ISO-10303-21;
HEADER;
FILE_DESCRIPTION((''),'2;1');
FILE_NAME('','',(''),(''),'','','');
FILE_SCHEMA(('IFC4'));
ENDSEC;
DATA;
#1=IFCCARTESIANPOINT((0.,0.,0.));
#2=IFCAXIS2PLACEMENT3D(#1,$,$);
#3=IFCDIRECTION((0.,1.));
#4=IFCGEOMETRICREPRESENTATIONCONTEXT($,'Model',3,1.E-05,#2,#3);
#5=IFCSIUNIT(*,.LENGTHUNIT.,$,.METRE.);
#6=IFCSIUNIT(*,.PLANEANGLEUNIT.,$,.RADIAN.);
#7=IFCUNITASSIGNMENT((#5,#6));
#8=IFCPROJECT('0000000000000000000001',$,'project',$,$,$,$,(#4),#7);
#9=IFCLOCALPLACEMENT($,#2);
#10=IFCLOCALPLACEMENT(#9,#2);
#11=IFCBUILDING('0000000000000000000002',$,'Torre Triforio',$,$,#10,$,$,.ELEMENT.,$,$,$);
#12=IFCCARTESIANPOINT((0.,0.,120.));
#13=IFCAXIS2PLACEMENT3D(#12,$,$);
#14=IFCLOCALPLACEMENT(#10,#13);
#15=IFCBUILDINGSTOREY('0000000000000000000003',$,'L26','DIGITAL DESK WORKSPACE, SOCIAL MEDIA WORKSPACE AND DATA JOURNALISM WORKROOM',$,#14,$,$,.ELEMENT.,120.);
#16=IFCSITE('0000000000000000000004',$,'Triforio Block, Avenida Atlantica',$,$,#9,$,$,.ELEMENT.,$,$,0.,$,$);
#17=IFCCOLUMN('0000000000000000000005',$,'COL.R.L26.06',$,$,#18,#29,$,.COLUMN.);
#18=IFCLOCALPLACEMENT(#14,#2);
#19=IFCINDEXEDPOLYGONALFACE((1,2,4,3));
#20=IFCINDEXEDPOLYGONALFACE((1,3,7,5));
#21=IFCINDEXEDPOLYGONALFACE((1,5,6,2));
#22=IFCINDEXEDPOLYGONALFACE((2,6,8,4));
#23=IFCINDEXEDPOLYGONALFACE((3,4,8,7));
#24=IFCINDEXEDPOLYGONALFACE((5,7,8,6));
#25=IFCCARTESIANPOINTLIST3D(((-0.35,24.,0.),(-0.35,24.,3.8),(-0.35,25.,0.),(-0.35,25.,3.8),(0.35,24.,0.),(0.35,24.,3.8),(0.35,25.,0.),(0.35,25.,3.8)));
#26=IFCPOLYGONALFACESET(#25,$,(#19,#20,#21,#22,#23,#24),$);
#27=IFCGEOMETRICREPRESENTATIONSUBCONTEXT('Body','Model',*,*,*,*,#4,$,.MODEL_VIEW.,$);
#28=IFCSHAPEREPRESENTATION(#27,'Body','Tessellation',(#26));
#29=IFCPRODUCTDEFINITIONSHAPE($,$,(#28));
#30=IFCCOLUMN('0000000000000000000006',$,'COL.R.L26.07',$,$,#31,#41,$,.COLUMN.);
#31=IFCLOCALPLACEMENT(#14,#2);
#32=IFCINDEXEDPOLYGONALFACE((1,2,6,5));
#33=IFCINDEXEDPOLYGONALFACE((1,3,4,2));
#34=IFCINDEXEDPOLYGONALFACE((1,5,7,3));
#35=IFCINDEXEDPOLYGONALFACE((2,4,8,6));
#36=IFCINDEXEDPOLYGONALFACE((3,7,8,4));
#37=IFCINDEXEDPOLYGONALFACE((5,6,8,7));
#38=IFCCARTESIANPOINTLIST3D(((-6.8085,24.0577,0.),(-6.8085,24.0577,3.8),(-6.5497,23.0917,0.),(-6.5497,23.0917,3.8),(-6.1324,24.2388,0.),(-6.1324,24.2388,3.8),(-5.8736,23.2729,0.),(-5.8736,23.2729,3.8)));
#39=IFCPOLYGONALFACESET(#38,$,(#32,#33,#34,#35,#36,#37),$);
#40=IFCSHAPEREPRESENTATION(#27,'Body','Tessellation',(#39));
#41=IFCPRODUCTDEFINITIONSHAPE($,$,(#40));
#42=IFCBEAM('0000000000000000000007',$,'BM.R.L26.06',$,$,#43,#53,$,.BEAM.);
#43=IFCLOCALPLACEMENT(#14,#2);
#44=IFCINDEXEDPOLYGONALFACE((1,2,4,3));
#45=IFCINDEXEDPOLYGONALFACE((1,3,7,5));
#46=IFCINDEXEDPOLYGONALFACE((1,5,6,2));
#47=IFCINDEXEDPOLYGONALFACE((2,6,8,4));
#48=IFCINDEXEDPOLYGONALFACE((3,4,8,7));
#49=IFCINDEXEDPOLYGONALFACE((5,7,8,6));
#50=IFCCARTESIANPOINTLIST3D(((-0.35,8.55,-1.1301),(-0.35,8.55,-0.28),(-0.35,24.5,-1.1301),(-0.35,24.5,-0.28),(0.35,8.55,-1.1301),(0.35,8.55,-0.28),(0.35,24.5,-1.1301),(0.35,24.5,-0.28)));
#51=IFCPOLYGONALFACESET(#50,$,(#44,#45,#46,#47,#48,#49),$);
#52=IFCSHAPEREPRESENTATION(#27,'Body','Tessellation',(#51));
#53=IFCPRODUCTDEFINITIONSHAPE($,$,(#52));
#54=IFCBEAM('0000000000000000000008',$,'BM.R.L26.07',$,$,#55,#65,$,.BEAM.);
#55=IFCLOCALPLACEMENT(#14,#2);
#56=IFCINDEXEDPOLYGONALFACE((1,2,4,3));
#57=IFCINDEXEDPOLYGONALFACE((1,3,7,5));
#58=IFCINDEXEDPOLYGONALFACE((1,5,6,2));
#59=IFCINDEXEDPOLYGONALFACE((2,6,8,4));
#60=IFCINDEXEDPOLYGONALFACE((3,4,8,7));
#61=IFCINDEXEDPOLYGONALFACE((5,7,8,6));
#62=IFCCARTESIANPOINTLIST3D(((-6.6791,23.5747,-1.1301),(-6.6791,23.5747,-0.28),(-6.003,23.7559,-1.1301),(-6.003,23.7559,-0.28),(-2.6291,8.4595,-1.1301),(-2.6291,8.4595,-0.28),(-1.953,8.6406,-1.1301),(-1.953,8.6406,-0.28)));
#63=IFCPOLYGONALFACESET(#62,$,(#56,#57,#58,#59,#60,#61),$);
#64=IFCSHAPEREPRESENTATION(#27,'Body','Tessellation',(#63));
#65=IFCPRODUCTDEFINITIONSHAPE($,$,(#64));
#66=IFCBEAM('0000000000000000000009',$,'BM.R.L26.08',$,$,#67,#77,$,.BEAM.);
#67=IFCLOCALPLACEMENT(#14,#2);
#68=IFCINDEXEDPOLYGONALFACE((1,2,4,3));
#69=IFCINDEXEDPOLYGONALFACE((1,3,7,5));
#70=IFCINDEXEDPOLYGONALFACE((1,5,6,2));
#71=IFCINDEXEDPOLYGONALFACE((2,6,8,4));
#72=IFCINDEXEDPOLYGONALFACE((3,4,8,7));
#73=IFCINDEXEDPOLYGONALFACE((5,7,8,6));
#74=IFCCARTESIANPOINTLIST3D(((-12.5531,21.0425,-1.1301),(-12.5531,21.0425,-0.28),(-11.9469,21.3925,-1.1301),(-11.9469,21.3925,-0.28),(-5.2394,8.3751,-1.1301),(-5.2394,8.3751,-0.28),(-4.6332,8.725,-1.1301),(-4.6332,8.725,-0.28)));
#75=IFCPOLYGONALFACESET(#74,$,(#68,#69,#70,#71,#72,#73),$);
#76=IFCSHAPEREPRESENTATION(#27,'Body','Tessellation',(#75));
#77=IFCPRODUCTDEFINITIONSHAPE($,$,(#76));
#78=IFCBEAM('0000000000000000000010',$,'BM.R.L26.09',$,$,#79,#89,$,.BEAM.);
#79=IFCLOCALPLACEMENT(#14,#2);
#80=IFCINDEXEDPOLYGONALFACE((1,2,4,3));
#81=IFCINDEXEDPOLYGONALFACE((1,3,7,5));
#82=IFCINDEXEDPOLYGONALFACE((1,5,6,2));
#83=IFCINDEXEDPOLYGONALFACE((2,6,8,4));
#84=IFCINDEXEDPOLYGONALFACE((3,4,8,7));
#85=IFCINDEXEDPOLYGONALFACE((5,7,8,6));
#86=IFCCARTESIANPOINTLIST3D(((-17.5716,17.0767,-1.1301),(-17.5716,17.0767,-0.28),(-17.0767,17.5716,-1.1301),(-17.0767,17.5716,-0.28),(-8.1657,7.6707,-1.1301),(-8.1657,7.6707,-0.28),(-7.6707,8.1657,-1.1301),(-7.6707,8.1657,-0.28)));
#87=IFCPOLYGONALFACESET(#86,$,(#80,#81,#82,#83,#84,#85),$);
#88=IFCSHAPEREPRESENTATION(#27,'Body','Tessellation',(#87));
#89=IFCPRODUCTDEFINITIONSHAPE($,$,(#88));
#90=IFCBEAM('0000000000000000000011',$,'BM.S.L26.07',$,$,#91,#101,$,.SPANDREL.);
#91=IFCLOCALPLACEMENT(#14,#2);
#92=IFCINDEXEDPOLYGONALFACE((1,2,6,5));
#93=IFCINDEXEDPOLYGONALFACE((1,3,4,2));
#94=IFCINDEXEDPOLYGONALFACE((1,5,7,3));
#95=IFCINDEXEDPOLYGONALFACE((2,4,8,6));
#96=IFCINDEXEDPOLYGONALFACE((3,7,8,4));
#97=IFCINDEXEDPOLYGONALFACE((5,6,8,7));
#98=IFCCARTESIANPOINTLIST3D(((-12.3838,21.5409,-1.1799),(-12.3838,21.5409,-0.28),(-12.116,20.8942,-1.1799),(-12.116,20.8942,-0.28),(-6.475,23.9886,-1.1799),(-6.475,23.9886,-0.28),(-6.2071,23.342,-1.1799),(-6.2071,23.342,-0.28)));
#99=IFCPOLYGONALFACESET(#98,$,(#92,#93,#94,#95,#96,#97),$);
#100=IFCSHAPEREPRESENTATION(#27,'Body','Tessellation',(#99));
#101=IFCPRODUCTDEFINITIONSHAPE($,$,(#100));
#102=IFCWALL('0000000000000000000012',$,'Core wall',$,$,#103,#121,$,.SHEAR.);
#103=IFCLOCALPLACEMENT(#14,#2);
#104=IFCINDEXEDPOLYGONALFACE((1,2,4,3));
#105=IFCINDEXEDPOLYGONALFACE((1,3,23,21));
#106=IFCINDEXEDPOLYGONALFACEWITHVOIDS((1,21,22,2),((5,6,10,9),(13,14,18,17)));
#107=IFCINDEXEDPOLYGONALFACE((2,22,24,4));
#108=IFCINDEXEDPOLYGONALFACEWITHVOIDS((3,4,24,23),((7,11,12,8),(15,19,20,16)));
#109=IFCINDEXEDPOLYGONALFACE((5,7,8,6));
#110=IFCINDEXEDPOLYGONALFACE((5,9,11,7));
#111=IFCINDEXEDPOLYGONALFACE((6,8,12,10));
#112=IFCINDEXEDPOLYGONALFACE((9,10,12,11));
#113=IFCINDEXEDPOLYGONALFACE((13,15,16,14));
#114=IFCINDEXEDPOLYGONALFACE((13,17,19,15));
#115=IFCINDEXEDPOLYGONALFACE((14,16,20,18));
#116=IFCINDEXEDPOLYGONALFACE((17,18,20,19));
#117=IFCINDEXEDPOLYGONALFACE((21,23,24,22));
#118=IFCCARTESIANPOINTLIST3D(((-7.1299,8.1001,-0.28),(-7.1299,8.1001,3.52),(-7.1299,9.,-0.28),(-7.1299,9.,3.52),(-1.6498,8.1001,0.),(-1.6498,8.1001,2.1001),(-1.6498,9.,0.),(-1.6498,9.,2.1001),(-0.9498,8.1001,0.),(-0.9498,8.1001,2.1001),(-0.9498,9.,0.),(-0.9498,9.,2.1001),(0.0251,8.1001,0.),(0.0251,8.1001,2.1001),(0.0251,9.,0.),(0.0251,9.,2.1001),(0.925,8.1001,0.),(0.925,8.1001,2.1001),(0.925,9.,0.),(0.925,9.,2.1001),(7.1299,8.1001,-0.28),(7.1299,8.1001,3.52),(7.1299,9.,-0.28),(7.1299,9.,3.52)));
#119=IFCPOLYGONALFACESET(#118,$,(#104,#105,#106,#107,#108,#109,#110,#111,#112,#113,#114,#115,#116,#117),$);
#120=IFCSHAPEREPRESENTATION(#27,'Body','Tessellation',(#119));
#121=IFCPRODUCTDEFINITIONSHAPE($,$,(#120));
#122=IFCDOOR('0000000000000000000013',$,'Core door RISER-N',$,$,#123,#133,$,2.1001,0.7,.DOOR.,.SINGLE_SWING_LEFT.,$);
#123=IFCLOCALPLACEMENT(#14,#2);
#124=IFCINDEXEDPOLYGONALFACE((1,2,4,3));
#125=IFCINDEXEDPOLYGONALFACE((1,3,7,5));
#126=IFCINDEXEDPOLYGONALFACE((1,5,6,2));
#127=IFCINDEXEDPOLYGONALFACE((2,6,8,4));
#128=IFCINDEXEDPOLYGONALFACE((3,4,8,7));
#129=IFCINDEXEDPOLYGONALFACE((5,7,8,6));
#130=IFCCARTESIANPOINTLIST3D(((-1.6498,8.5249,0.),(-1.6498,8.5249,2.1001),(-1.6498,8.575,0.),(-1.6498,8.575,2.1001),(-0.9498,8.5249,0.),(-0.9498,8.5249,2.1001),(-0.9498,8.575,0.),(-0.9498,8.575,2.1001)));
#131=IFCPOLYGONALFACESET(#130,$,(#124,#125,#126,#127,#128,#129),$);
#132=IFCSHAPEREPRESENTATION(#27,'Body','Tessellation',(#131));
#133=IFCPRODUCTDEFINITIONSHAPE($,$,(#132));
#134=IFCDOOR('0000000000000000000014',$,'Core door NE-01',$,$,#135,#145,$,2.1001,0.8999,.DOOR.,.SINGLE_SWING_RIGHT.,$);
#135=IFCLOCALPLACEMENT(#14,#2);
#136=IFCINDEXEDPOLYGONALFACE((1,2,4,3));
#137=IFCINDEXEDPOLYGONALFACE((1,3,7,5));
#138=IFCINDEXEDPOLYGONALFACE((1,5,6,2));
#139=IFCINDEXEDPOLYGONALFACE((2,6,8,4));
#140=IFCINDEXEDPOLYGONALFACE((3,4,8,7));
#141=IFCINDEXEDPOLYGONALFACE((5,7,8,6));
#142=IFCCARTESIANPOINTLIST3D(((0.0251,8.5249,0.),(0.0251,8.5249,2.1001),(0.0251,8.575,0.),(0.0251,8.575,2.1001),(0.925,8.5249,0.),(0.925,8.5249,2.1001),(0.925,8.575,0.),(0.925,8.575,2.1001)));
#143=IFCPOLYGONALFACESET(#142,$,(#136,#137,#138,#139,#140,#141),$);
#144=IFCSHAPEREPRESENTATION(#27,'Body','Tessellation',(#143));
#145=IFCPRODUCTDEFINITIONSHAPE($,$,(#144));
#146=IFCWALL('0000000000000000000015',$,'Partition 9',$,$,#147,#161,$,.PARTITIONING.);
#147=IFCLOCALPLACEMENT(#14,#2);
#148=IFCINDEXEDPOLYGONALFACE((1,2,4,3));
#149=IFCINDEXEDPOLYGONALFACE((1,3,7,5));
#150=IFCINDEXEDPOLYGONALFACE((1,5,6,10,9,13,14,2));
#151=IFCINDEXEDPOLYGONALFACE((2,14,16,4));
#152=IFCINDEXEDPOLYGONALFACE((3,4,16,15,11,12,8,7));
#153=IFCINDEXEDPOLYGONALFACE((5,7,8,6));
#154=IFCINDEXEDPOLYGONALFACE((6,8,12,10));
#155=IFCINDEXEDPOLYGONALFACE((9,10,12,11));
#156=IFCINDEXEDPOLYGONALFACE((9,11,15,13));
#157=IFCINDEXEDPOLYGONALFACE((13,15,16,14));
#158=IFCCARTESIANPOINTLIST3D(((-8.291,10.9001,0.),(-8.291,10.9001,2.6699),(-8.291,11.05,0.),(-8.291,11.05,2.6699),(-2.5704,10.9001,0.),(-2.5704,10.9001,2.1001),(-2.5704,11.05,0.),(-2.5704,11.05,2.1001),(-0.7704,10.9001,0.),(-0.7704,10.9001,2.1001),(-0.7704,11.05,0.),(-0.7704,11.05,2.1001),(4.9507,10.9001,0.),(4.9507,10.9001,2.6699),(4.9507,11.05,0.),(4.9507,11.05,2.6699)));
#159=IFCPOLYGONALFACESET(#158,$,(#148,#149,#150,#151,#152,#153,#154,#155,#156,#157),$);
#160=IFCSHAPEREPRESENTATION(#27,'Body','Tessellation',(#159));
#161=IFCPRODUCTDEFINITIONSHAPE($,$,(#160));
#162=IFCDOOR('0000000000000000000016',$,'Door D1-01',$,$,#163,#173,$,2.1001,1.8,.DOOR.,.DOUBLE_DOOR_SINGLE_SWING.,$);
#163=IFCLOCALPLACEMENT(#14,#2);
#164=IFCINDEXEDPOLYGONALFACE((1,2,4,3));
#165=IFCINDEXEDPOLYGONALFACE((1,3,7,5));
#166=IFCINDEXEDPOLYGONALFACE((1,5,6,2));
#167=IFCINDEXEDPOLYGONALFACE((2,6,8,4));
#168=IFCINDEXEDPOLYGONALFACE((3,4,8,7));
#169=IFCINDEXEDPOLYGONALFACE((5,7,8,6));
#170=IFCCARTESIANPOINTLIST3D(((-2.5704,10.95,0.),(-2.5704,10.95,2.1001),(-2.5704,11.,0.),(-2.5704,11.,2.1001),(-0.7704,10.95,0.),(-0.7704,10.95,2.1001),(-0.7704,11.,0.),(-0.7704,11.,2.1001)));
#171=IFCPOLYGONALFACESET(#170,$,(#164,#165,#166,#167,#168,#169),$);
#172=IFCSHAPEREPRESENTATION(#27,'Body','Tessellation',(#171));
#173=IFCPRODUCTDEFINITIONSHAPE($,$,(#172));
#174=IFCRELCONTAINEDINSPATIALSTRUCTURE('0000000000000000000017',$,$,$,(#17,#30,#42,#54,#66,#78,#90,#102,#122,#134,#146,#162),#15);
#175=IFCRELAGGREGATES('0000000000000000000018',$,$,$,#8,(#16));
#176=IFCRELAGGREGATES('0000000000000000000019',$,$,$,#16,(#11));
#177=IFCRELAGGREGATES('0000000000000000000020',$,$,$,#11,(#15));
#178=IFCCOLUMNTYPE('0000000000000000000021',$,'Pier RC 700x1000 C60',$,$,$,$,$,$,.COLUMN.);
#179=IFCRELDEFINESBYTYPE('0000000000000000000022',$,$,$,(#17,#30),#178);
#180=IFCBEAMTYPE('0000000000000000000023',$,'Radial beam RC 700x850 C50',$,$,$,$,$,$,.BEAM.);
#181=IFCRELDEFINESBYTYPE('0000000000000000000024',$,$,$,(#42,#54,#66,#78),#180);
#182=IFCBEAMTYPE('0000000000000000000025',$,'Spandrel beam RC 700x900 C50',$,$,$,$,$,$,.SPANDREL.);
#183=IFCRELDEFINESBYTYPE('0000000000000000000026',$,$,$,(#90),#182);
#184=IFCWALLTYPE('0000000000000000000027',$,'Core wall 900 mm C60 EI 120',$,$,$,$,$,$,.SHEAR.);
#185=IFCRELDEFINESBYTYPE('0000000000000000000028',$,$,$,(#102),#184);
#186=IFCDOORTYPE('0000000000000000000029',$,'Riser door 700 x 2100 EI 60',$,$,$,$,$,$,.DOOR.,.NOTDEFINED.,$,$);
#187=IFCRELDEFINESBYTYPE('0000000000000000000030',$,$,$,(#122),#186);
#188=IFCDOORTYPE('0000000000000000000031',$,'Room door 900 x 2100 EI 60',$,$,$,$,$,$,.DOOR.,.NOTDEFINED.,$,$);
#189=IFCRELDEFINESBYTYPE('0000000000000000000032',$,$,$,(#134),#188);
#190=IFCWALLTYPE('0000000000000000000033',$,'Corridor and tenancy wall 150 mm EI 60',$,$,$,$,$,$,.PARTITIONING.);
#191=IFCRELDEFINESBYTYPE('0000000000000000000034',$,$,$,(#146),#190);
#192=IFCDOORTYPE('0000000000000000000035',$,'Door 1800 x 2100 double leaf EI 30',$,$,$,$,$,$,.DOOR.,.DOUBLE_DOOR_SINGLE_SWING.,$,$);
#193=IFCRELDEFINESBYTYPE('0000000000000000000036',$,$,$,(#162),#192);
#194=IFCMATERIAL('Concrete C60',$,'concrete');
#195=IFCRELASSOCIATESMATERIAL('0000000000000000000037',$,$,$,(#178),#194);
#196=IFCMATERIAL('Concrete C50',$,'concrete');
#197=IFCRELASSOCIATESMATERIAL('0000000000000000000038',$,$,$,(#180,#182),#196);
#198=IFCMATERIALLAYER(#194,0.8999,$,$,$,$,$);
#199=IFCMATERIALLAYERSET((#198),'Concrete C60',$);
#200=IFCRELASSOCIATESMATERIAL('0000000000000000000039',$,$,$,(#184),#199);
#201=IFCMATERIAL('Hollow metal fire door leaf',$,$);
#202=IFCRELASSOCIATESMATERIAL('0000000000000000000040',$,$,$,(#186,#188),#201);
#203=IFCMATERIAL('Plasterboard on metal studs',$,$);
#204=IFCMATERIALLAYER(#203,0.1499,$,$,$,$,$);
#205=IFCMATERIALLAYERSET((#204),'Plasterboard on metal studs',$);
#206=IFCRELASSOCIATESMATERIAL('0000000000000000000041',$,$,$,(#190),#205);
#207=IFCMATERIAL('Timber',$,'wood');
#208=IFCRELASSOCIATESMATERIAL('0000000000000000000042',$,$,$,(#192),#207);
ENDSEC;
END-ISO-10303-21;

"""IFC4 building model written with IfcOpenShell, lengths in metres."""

from ifc_helpers import new_model, si_unit, direction, frame, frame_2d, origin, origin_2d, place, context, subcontext, project, spatial, rectangle, extrude, material, layer, layer_set, material_profile, profile_set, type_object, element, fill, save


model = new_model("IFC4")

# Units and contexts
model_context = context("Model", 3, precision=1e-05, world=origin(), true_north=direction((0.0, 1.0)))
body_context = subcontext(model_context, "Body", "Model", "MODEL_VIEW")
ifc_project = project(units=[si_unit("LENGTHUNIT", "METRE"), si_unit("PLANEANGLEUNIT", "RADIAN")], contexts=[model_context])

# Site, building, storey
site_placement = place(None, origin())
site = spatial("IfcSite", under=ifc_project, at=site_placement, Name="Triforio Block, Avenida Atlantica", CompositionType="ELEMENT", RefElevation=0.0)
building_placement = place(site_placement, origin())
building = spatial("IfcBuilding", under=site, at=building_placement, Name="Torre Triforio", CompositionType="ELEMENT")
storey_placement = place(building_placement, frame((0.0, 0.0, 120.0)))
storey = spatial("IfcBuildingStorey", under=building, at=storey_placement, Name="L26", Description="DIGITAL DESK WORKSPACE, SOCIAL MEDIA WORKSPACE AND DATA JOURNALISM WORKROOM", CompositionType="ELEMENT", Elevation=120.0)

# Columns
ifc_material_1 = material(Name="Concrete C60", Category="concrete")
ifc_material_profile_1 = material_profile(ifc_material_1, rectangle(XDim=0.7, YDim=1.0, at=origin_2d()), Name="RC 700x1000")
ifc_profile_set_1 = profile_set([ifc_material_profile_1], Name="Concrete C60")
column_type = type_object("IfcColumnType", Name="Pier RC 700x1000 C60", PredefinedType="COLUMN", material=ifc_profile_set_1)
for number, where, z_axis, x_axis, name in (
    (1, (0.0, 24.5, 0.0), (0.0, 0.0, 1.0), (-1.0, 0.0, 0.0), "COL.R.L26.06"),
    (2, (-6.3411, 23.6653, 0.0), (0.0, 0.0, 1.0), (-0.965926, -0.258819, 0.0), "COL.R.L26.07"),
):
    element("IfcColumn", number, at=place(storey_placement, frame(where, z_axis=z_axis, x_axis=x_axis)), inside=storey, type_object=column_type, Name=name, PredefinedType="COLUMN", context=body_context, shape_type="SweptSolid", body=[
        extrude(rectangle(XDim=0.7, YDim=1.0, at=origin_2d()), origin(), (0.0, 0.0, 1.0), 3.8),
    ])

# Beams
ifc_material_2 = material(Name="Concrete C50", Category="concrete")
ifc_material_profile_2 = material_profile(ifc_material_2, rectangle(XDim=0.7, YDim=0.8501, at=origin_2d()), Name="RC 700x850")
ifc_profile_set_2 = profile_set([ifc_material_profile_2], Name="Concrete C50")
beam_type_1 = type_object("IfcBeamType", Name="Radial beam RC 700x850 C50", PredefinedType="BEAM", material=ifc_profile_set_2)
beam_1_placement = place(storey_placement, frame((0.0, 8.55, -0.7051), z_axis=(0.0, 1.0, 0.0), x_axis=(-1.0, 0.0, 0.0)))
element("IfcBeam", 3, at=beam_1_placement, inside=storey, type_object=beam_type_1, Name="BM.R.L26.06", PredefinedType="BEAM", context=body_context, shape_type="SweptSolid", body=[
    extrude(rectangle(XDim=0.7, YDim=0.8501, at=origin_2d()), origin(), (0.0, 0.0, 1.0), 15.95),
])
beam_2_placement = place(storey_placement, frame((-2.291, 8.55, -0.7051), z_axis=(-0.258815, 0.965927, 0.0), x_axis=(-0.965927, -0.258815, 0.0)))
element("IfcBeam", 4, at=beam_2_placement, inside=storey, type_object=beam_type_1, Name="BM.R.L26.07", PredefinedType="BEAM", context=body_context, shape_type="SweptSolid", body=[
    extrude(rectangle(XDim=0.7, YDim=0.8501, at=origin_2d()), origin(), (0.0, 0.0, 1.0), 15.6484),
])
beam_3_placement = place(storey_placement, frame((-4.9363, 8.55, -0.7051), z_axis=(-0.500008, 0.866021, 0.0), x_axis=(-0.866021, -0.500008, 0.0)))
element("IfcBeam", 5, at=beam_3_placement, inside=storey, type_object=beam_type_1, Name="BM.R.L26.08", PredefinedType="BEAM", context=body_context, shape_type="SweptSolid", body=[
    extrude(rectangle(XDim=0.7, YDim=0.8501, at=origin_2d()), origin(), (0.0, 0.0, 1.0), 14.6272),
])
beam_4_placement = place(storey_placement, frame((-7.9182, 7.9182, -0.7051), z_axis=(-0.707107, 0.707107, 0.0), x_axis=(-0.707107, -0.707107, 0.0)))
element("IfcBeam", 6, at=beam_4_placement, inside=storey, type_object=beam_type_1, Name="BM.R.L26.09", PredefinedType="BEAM", context=body_context, shape_type="SweptSolid", body=[
    extrude(rectangle(XDim=0.7, YDim=0.8501, at=origin_2d()), origin(), (0.0, 0.0, 1.0), 13.302),
])
ifc_material_profile_3 = material_profile(ifc_material_2, rectangle(XDim=0.7, YDim=0.8999, at=origin_2d()), Name="RC 700x900")
ifc_profile_set_3 = profile_set([ifc_material_profile_3], Name="Concrete C50")
beam_type_2 = type_object("IfcBeamType", Name="Spandrel beam RC 700x900 C50", PredefinedType="SPANDREL", material=ifc_profile_set_3)
beam_5_placement = place(storey_placement, frame((-6.3411, 23.6653, -0.73), z_axis=(-0.923869, -0.382709, 0.0), x_axis=(0.382709, -0.923869, 0.0)))
element("IfcBeam", 7, at=beam_5_placement, inside=storey, type_object=beam_type_2, Name="BM.S.L26.07", PredefinedType="SPANDREL", context=body_context, shape_type="SweptSolid", body=[
    extrude(rectangle(XDim=0.7, YDim=0.8999, at=origin_2d()), origin(), (0.0, 0.0, 1.0), 6.3958),
])

# Wall, openings, doors
ifc_layer_1 = layer(ifc_material_1, 0.8999)
ifc_layer_set_1 = layer_set([ifc_layer_1], Name="Concrete C60")
wall_type_1 = type_object("IfcWallType", Name="Core wall 900 mm C60 EI 120", PredefinedType="SHEAR", material=ifc_layer_set_1)
wall_1_placement = place(storey_placement, frame((-7.1299, 8.55, -0.28), z_axis=(0.0, 0.0, 1.0), x_axis=(1.0, 0.0, 0.0)))
wall_1 = element("IfcWall", 8, at=wall_1_placement, inside=storey, type_object=wall_type_1, Name="Core wall", PredefinedType="SHEAR", context=body_context, shape_type="SweptSolid", body=[
    extrude(rectangle(XDim=14.2598, YDim=0.8999, at=frame_2d((7.1299, 0.0))), origin(), (0.0, 0.0, 1.0), 3.8),
])
opening_1_placement = place(wall_1_placement, frame((5.48, 0.0, 0.28)))
opening_1 = element("IfcOpeningElement", 9, at=opening_1_placement, cuts=wall_1, PredefinedType="OPENING", context=body_context, shape_type="SweptSolid", body=[
    extrude(rectangle(XDim=0.7, YDim=2.1001, at=frame_2d((0.3501, 1.05))), frame((0.0, 0.46, 0.0), z_axis=(0.0, -1.0, 0.0), x_axis=(1.0, 0.0, 0.0)), (0.0, 0.0, 1.0), 0.9199),
])
opening_2_placement = place(wall_1_placement, frame((7.155, 0.0, 0.28)))
opening_2 = element("IfcOpeningElement", 10, at=opening_2_placement, cuts=wall_1, PredefinedType="OPENING", context=body_context, shape_type="SweptSolid", body=[
    extrude(rectangle(XDim=0.8999, YDim=2.1001, at=frame_2d((0.45, 1.05))), frame((0.0, 0.46, 0.0), z_axis=(0.0, -1.0, 0.0), x_axis=(1.0, 0.0, 0.0)), (0.0, 0.0, 1.0), 0.9199),
])
ifc_material_3 = material(Name="Hollow metal fire door leaf")
door_type_1 = type_object("IfcDoorType", Name="Riser door 700 x 2100 EI 60", OperationType="NOTDEFINED", PredefinedType="DOOR", material=ifc_material_3)
door_1_placement = place(opening_1_placement, origin())
door_1 = element("IfcDoor", 11, at=door_1_placement, inside=storey, type_object=door_type_1, Name="Core door RISER-N", OperationType="SINGLE_SWING_LEFT", OverallHeight=2.1001, OverallWidth=0.7, PredefinedType="DOOR", context=body_context, shape_type="SweptSolid", body=[
    extrude(rectangle(XDim=0.7, YDim=2.1001, at=frame_2d((0.3501, 1.05))), frame((0.0, 0.0249, 0.0), z_axis=(0.0, -1.0, 0.0), x_axis=(1.0, 0.0, 0.0)), (0.0, 0.0, 1.0), 0.05),
])
fill(opening_1, door_1)
door_type_2 = type_object("IfcDoorType", Name="Room door 900 x 2100 EI 60", OperationType="NOTDEFINED", PredefinedType="DOOR", material=ifc_material_3)
door_2_placement = place(opening_2_placement, origin())
door_2 = element("IfcDoor", 12, at=door_2_placement, inside=storey, type_object=door_type_2, Name="Core door NE-01", OperationType="SINGLE_SWING_RIGHT", OverallHeight=2.1001, OverallWidth=0.8999, PredefinedType="DOOR", context=body_context, shape_type="SweptSolid", body=[
    extrude(rectangle(XDim=0.8999, YDim=2.1001, at=frame_2d((0.45, 1.05))), frame((0.0, 0.0249, 0.0), z_axis=(0.0, -1.0, 0.0), x_axis=(1.0, 0.0, 0.0)), (0.0, 0.0, 1.0), 0.05),
])
fill(opening_2, door_2)

# Wall, opening, door
ifc_material_4 = material(Name="Plasterboard on metal studs")
ifc_layer_2 = layer(ifc_material_4, 0.1499)
ifc_layer_set_2 = layer_set([ifc_layer_2], Name="Plasterboard on metal studs")
wall_type_2 = type_object("IfcWallType", Name="Corridor and tenancy wall 150 mm EI 60", PredefinedType="PARTITIONING", material=ifc_layer_set_2)
wall_2_placement = place(storey_placement, frame((-8.291, 10.9751, 0.0), z_axis=(0.0, 0.0, 1.0), x_axis=(1.0, 0.0, 0.0)))
wall_2 = element("IfcWall", 13, at=wall_2_placement, inside=storey, type_object=wall_type_2, Name="Partition 9", PredefinedType="PARTITIONING", context=body_context, shape_type="SweptSolid", body=[
    extrude(rectangle(XDim=13.2417, YDim=0.1499, at=frame_2d((6.6208, 0.0))), origin(), (0.0, 0.0, 1.0), 2.6699),
])
opening_3_placement = place(wall_2_placement, frame((5.7207, 0.0, 0.0)))
opening_3 = element("IfcOpeningElement", 14, at=opening_3_placement, cuts=wall_2, PredefinedType="OPENING", context=body_context, shape_type="SweptSolid", body=[
    extrude(rectangle(XDim=1.8, YDim=2.1001, at=frame_2d((0.8999, 1.05))), frame((0.0, 0.085, 0.0), z_axis=(0.0, -1.0, 0.0), x_axis=(1.0, 0.0, 0.0)), (0.0, 0.0, 1.0), 0.1699),
])
ifc_material_5 = material(Name="Timber", Category="wood")
door_type_3 = type_object("IfcDoorType", Name="Door 1800 x 2100 double leaf EI 30", OperationType="DOUBLE_DOOR_SINGLE_SWING", PredefinedType="DOOR", material=ifc_material_5)
door_3_placement = place(opening_3_placement, origin())
door_3 = element("IfcDoor", 15, at=door_3_placement, inside=storey, type_object=door_type_3, Name="Door D1-01", OperationType="DOUBLE_DOOR_SINGLE_SWING", OverallHeight=2.1001, OverallWidth=1.8, PredefinedType="DOOR", context=body_context, shape_type="SweptSolid", body=[
    extrude(rectangle(XDim=1.8, YDim=2.1001, at=frame_2d((0.8999, 1.05))), frame((0.0, 0.0249, 0.0), z_axis=(0.0, -1.0, 0.0), x_axis=(1.0, 0.0, 0.0)), (0.0, 0.0, 1.0), 0.05),
])
fill(opening_3, door_3)

save(model, "model.ifc")
